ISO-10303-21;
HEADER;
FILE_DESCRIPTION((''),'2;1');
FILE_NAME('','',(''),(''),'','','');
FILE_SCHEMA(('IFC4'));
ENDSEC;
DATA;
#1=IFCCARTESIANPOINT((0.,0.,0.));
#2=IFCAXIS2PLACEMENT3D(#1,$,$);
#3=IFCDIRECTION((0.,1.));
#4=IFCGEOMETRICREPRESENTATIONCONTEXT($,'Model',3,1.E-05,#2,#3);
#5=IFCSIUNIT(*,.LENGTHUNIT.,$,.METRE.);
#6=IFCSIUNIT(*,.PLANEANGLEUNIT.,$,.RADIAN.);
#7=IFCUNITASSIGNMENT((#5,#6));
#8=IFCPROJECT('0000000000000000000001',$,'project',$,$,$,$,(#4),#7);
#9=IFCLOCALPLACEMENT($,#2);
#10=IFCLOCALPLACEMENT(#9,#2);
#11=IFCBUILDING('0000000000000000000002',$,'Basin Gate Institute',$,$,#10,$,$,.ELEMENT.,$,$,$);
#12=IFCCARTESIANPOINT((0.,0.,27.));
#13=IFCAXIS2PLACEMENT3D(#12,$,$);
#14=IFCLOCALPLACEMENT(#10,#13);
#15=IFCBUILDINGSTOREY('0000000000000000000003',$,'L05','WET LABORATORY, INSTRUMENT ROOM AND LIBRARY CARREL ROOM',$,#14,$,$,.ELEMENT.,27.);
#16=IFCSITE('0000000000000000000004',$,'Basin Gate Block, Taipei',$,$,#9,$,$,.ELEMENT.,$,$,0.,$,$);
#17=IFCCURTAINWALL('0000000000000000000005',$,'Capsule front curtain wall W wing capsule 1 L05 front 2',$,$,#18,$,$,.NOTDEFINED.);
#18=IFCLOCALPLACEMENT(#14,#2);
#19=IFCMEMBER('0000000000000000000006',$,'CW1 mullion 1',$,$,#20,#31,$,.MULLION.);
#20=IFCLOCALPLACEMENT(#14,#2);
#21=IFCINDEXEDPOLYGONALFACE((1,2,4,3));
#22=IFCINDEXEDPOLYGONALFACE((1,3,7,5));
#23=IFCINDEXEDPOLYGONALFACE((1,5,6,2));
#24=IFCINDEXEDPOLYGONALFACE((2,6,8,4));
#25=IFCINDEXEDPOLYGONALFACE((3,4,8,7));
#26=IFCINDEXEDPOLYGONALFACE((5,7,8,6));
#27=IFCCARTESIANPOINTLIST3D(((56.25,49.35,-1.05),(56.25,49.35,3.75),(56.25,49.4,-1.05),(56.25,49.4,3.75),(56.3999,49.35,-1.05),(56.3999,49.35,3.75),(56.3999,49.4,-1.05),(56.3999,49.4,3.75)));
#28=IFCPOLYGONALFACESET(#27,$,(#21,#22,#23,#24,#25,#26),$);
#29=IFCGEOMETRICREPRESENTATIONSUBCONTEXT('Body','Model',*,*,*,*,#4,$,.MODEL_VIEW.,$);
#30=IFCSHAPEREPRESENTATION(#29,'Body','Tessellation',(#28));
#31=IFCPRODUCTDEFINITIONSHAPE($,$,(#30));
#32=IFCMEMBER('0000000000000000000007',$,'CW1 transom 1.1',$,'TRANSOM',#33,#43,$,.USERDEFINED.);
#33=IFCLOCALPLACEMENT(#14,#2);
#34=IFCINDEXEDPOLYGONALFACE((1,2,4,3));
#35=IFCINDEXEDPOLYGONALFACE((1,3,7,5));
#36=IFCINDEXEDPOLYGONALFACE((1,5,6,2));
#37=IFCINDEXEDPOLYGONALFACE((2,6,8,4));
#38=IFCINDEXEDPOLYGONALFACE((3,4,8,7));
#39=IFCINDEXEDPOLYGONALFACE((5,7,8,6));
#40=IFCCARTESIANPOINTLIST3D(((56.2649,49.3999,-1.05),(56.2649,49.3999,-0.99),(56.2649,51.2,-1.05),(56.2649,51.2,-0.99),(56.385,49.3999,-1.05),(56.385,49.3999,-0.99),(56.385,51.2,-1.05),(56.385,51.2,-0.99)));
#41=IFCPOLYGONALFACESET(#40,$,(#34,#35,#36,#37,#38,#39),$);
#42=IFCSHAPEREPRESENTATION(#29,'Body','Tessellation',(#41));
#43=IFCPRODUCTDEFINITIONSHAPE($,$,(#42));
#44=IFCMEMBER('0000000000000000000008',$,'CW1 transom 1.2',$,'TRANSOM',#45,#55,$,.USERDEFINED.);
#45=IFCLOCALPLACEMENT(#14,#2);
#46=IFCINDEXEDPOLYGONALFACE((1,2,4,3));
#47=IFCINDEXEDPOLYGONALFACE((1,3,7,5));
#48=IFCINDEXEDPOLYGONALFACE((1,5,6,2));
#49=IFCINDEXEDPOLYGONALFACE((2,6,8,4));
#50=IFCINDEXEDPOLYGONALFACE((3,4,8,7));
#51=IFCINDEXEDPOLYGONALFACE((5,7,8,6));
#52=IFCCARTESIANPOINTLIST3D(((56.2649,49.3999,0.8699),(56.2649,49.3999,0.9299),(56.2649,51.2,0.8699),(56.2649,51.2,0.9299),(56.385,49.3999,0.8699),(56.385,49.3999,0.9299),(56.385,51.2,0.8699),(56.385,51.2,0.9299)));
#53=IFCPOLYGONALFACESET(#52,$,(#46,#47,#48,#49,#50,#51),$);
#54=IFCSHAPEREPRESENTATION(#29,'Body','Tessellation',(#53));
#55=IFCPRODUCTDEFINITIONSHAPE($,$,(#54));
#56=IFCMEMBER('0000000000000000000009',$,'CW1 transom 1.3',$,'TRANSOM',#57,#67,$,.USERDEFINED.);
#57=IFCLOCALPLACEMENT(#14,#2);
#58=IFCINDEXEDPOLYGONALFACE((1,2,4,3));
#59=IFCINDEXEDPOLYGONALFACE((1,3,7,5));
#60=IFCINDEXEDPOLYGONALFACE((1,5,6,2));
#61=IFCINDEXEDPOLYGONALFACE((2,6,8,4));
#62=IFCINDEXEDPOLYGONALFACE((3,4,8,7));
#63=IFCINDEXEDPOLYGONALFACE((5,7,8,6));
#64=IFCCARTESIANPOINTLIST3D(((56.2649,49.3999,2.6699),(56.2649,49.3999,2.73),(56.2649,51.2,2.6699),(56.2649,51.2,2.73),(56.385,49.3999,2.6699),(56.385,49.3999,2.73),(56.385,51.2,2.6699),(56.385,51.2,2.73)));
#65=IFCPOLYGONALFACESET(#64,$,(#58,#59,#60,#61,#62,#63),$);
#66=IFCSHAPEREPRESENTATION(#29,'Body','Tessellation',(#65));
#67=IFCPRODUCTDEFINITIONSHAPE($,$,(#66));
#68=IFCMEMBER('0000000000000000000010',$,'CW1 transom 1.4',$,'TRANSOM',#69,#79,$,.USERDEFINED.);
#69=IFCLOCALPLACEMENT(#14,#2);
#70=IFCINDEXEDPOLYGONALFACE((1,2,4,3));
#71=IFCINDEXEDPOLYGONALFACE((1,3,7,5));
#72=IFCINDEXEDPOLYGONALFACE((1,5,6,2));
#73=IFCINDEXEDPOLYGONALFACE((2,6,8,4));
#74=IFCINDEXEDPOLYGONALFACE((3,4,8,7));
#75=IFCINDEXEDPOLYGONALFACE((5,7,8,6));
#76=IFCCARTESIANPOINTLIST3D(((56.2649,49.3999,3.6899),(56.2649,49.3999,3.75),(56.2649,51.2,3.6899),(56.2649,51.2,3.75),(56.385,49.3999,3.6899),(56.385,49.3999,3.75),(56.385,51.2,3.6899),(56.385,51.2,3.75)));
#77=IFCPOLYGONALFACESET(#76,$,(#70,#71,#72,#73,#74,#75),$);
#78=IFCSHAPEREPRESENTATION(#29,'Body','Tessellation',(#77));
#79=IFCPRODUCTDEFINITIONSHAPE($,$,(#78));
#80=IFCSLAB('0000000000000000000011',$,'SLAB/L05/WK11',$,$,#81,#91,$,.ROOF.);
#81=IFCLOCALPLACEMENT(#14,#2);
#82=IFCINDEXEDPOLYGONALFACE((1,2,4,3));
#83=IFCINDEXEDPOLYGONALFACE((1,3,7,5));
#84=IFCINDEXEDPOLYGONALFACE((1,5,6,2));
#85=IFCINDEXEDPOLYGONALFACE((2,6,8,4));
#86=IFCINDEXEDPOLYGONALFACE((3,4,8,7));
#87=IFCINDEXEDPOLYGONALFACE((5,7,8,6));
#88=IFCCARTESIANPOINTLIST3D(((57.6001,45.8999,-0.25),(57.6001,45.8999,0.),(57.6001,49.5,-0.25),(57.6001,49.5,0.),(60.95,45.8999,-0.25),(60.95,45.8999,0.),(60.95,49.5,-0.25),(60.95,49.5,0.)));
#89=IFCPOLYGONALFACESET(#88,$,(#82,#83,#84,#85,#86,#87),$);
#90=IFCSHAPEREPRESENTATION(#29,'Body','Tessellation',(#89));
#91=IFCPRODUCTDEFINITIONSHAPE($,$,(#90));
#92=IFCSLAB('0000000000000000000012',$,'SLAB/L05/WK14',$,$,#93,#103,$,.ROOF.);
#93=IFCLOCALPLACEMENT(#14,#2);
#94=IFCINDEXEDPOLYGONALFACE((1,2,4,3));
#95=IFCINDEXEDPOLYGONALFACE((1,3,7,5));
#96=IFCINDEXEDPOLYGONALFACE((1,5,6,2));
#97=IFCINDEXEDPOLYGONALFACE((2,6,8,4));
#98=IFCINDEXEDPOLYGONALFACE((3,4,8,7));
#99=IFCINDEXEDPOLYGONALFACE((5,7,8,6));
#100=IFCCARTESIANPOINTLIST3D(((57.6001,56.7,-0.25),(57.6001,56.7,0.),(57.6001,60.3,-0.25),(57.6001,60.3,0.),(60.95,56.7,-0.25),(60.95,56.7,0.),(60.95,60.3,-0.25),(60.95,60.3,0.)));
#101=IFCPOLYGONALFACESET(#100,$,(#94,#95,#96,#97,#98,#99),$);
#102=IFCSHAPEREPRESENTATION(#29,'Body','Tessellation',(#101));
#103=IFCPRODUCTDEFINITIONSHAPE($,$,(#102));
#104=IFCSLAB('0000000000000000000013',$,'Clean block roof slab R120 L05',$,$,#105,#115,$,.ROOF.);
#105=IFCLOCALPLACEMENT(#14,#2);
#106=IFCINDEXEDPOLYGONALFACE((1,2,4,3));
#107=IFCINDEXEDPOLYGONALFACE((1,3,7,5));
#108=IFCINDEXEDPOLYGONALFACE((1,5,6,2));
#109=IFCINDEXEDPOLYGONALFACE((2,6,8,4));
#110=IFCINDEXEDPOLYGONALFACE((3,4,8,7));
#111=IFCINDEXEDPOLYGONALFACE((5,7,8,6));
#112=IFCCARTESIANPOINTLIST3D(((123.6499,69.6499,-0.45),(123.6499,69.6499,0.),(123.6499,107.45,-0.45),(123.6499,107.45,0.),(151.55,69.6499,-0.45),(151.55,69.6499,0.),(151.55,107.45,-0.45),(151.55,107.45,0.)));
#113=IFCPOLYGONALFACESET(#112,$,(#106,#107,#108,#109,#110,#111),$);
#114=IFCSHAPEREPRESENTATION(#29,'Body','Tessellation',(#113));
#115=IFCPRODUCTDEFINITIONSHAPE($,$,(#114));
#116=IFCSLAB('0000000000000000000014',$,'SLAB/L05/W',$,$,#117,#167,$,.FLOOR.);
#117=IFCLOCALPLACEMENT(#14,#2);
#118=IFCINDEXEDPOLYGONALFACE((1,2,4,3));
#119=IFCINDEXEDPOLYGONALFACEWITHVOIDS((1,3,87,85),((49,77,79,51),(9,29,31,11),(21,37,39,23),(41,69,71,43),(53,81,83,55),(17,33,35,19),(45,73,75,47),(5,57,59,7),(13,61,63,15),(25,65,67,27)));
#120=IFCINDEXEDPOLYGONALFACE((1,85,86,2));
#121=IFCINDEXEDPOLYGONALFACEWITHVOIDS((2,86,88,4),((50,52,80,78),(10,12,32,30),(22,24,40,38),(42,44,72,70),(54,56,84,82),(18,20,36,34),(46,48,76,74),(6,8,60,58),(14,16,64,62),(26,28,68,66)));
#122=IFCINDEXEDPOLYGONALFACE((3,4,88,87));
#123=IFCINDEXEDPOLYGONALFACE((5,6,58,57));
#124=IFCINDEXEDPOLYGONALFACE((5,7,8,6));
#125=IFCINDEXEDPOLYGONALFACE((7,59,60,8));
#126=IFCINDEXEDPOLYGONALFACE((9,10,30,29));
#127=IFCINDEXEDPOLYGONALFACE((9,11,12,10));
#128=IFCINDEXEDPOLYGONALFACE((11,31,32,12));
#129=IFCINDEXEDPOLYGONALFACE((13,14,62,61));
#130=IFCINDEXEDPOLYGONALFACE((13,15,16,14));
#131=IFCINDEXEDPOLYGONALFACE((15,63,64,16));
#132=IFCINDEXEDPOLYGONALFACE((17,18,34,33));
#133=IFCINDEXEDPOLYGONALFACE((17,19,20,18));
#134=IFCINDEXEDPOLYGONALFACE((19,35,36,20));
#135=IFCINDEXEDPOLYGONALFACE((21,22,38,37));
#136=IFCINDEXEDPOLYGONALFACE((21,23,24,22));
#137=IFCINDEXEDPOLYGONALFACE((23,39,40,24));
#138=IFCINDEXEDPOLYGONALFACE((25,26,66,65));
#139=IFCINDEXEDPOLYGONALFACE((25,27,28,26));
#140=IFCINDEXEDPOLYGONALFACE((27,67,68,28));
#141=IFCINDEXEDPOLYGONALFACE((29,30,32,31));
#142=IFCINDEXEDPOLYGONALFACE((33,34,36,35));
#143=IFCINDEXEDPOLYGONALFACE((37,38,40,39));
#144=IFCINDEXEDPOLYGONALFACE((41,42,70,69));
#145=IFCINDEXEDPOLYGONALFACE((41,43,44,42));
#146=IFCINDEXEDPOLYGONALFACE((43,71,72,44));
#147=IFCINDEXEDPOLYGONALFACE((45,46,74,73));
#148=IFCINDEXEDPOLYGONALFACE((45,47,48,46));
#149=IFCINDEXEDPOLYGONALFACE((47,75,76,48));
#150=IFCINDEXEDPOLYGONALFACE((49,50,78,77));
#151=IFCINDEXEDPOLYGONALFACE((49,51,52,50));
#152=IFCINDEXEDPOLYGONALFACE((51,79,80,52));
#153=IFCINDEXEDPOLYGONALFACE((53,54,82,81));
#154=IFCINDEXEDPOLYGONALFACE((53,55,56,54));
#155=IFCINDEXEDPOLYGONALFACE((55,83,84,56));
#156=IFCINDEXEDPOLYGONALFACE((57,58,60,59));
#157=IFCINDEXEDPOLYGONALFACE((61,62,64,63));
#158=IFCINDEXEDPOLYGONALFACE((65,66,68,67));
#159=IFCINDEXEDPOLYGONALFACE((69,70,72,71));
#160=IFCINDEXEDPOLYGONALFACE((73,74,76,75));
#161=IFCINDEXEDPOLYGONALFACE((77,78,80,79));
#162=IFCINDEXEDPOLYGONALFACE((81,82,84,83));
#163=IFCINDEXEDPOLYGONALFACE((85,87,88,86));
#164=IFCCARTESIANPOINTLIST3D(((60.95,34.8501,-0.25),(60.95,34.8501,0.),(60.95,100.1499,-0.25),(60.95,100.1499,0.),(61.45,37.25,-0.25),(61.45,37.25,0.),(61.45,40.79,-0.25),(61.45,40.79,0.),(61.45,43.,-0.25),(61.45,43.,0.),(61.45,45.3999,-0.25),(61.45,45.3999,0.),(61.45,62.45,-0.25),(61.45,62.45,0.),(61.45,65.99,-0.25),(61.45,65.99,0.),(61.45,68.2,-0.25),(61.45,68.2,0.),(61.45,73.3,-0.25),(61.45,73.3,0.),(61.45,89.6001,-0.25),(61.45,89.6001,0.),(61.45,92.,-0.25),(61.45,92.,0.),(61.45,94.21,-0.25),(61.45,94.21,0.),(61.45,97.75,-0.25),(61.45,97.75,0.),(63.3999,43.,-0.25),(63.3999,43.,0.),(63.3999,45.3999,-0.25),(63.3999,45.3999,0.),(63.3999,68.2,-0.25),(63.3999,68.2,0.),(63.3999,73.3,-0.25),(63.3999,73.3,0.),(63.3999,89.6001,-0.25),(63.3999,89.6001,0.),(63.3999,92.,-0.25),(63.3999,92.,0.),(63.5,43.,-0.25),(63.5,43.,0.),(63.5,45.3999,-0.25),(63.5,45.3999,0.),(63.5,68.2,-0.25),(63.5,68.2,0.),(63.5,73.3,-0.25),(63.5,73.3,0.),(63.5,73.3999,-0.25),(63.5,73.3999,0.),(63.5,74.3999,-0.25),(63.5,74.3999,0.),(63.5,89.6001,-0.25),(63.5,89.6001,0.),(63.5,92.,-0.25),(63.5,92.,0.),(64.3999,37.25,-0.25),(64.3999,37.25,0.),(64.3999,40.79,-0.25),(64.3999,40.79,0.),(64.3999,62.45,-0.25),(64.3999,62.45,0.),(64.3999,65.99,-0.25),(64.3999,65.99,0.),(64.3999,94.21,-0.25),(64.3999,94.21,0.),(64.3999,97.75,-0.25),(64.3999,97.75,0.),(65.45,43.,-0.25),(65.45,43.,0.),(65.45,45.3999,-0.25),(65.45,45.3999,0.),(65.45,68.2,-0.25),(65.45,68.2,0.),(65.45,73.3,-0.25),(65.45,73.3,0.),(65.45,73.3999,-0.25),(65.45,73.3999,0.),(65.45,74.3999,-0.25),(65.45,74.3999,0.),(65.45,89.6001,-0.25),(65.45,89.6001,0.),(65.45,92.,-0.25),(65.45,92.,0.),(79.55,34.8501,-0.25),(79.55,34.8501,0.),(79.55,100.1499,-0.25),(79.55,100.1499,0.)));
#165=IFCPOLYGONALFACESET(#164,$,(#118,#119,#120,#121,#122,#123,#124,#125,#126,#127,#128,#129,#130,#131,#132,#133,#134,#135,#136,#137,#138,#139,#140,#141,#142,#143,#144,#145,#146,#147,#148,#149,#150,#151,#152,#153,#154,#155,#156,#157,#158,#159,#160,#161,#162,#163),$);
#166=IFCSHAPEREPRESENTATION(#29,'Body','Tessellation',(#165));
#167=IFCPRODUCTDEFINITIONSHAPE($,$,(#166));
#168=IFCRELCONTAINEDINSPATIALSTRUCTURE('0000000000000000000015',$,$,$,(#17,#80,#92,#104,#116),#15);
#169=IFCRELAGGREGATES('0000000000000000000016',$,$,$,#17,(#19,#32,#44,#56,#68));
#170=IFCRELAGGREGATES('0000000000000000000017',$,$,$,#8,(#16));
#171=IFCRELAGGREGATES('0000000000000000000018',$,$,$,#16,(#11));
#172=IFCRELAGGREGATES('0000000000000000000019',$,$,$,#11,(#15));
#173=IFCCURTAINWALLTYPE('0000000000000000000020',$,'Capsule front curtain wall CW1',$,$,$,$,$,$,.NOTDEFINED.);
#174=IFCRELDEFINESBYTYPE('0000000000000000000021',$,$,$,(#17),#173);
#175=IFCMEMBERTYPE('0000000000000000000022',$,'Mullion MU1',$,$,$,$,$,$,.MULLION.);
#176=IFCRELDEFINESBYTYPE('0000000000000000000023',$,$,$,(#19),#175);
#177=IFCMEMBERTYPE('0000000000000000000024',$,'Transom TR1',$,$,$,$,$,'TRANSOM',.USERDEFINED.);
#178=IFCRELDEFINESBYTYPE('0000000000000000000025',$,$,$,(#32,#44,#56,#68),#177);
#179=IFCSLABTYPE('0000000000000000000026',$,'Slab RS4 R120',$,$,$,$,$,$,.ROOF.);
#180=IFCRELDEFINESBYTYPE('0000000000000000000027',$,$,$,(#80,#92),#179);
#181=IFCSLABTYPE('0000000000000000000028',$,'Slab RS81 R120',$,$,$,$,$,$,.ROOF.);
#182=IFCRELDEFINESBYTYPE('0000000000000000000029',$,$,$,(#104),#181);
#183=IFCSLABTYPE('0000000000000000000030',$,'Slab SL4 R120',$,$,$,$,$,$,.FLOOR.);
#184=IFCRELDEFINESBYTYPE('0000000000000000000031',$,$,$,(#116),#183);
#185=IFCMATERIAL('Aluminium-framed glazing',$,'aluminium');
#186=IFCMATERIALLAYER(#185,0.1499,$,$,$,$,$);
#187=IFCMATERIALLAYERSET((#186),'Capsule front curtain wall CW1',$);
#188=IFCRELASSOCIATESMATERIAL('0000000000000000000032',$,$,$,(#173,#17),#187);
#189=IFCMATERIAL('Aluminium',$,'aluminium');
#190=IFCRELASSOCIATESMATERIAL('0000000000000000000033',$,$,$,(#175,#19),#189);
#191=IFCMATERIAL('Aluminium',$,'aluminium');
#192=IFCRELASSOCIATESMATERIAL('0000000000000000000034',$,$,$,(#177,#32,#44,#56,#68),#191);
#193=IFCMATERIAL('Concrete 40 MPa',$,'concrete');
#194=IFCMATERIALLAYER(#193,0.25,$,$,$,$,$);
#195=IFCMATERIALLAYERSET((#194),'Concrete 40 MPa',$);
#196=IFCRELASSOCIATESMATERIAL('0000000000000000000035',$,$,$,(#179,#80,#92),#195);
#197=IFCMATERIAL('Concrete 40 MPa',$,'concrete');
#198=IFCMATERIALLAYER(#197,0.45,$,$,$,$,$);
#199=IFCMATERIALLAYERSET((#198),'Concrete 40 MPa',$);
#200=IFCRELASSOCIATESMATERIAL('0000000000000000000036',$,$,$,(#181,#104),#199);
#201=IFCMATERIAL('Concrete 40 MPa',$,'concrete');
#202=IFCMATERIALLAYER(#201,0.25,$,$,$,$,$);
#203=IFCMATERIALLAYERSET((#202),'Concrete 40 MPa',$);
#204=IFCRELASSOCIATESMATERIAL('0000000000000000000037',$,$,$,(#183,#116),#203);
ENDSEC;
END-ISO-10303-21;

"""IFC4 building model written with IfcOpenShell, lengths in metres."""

from ifc_helpers import new_model, si_unit, direction, frame, origin, origin_2d, place, context, subcontext, project, spatial, polyline, rectangle, outline, extrude, material, layer, layer_set, material_profile, profile_set, type_object, element, aggregate, save


model = new_model("IFC4")

# Units and contexts
model_context = context("Model", 3, precision=1e-05, world=origin(), true_north=direction((0.0, 1.0)))
body_context = subcontext(model_context, "Body", "Model", "MODEL_VIEW")
ifc_project = project(units=[si_unit("LENGTHUNIT", "METRE"), si_unit("PLANEANGLEUNIT", "RADIAN")], contexts=[model_context])

# Site, building, storey
site_placement = place(None, origin())
site = spatial("IfcSite", under=ifc_project, at=site_placement, Name="Basin Gate Block, Taipei", CompositionType="ELEMENT", RefElevation=0.0)
building_placement = place(site_placement, origin())
building = spatial("IfcBuilding", under=site, at=building_placement, Name="Basin Gate Institute", CompositionType="ELEMENT")
storey_placement = place(building_placement, frame((0.0, 0.0, 27.0)))
storey = spatial("IfcBuildingStorey", under=building, at=storey_placement, Name="L05", Description="WET LABORATORY, INSTRUMENT ROOM AND LIBRARY CARREL ROOM", CompositionType="ELEMENT", Elevation=27.0)

# Curtain wall, members
ifc_material_1 = material(Name="Aluminium-framed glazing", Category="aluminium")
ifc_layer_1 = layer(ifc_material_1, 0.1499)
ifc_layer_set_1 = layer_set([ifc_layer_1], Name="Capsule front curtain wall CW1")
curtain_wall_type = type_object("IfcCurtainWallType", Name="Capsule front curtain wall CW1", PredefinedType="NOTDEFINED", material=ifc_layer_set_1)
curtain_wall_placement = place(storey_placement, origin())
curtain_wall = element("IfcCurtainWall", 1, at=curtain_wall_placement, inside=storey, type_object=curtain_wall_type, material=ifc_layer_set_1, Name="Capsule front curtain wall W wing capsule 1 L05 front 2", PredefinedType="NOTDEFINED")
ifc_material_2 = material(Name="Aluminium", Category="aluminium")
ifc_material_profile_1 = material_profile(ifc_material_2, rectangle(XDim=0.1499, YDim=0.05, at=origin_2d()), Name="Mullion MU1 150 x 50")
ifc_profile_set_1 = profile_set([ifc_material_profile_1], Name="Aluminium")
member_type_1 = type_object("IfcMemberType", Name="Mullion MU1", PredefinedType="MULLION", material=ifc_profile_set_1)
member_1_placement = place(storey_placement, frame((56.325, 49.375, -1.05), z_axis=(0.0, 0.0, 1.0), x_axis=(-1.0, 0.0, 0.0)))
member_1 = element("IfcMember", 2, at=member_1_placement, type_object=member_type_1, material=ifc_profile_set_1, Name="CW1 mullion 1", PredefinedType="MULLION", context=body_context, shape_type="SweptSolid", body=[
    extrude(rectangle(XDim=0.1499, YDim=0.05, at=origin_2d()), origin(), (0.0, 0.0, 1.0), 4.8),
])
ifc_material_3 = material(Name="Aluminium", Category="aluminium")
ifc_material_profile_2 = material_profile(ifc_material_3, rectangle(XDim=0.1201, YDim=0.0601, at=origin_2d()), Name="Transom TR1 120 x 60")
ifc_profile_set_2 = profile_set([ifc_material_profile_2], Name="Aluminium")
member_type_2 = type_object("IfcMemberType", Name="Transom TR1", ElementType="TRANSOM", PredefinedType="USERDEFINED", material=ifc_profile_set_2)
member_2_placement = place(storey_placement, frame((56.325, 49.3999, -1.02), z_axis=(0.0, 1.0, 0.0), x_axis=(-1.0, 0.0, 0.0)))
member_2 = element("IfcMember", 3, at=member_2_placement, type_object=member_type_2, material=ifc_profile_set_2, Name="CW1 transom 1.1", ObjectType="TRANSOM", PredefinedType="USERDEFINED", context=body_context, shape_type="SweptSolid", body=[
    extrude(rectangle(XDim=0.1201, YDim=0.0601, at=origin_2d()), origin(), (0.0, 0.0, 1.0), 1.8),
])
member_3_placement = place(storey_placement, frame((56.325, 49.3999, 0.8999), z_axis=(0.0, 1.0, 0.0), x_axis=(-1.0, 0.0, 0.0)))
member_3 = element("IfcMember", 4, at=member_3_placement, type_object=member_type_2, material=ifc_profile_set_2, Name="CW1 transom 1.2", ObjectType="TRANSOM", PredefinedType="USERDEFINED", context=body_context, shape_type="SweptSolid", body=[
    extrude(rectangle(XDim=0.1201, YDim=0.0601, at=origin_2d()), origin(), (0.0, 0.0, 1.0), 1.8),
])
member_4_placement = place(storey_placement, frame((56.325, 49.3999, 2.7), z_axis=(0.0, 1.0, 0.0), x_axis=(-1.0, 0.0, 0.0)))
member_4 = element("IfcMember", 5, at=member_4_placement, type_object=member_type_2, material=ifc_profile_set_2, Name="CW1 transom 1.3", ObjectType="TRANSOM", PredefinedType="USERDEFINED", context=body_context, shape_type="SweptSolid", body=[
    extrude(rectangle(XDim=0.1201, YDim=0.0601, at=origin_2d()), origin(), (0.0, 0.0, 1.0), 1.8),
])
member_5_placement = place(storey_placement, frame((56.325, 49.3999, 3.72), z_axis=(0.0, 1.0, 0.0), x_axis=(-1.0, 0.0, 0.0)))
member_5 = element("IfcMember", 6, at=member_5_placement, type_object=member_type_2, material=ifc_profile_set_2, Name="CW1 transom 1.4", ObjectType="TRANSOM", PredefinedType="USERDEFINED", context=body_context, shape_type="SweptSolid", body=[
    extrude(rectangle(XDim=0.1201, YDim=0.0601, at=origin_2d()), origin(), (0.0, 0.0, 1.0), 1.8),
])

# Slabs
ifc_material_4 = material(Name="Concrete 40 MPa", Category="concrete")
ifc_layer_2 = layer(ifc_material_4, 0.25)
ifc_layer_set_2 = layer_set([ifc_layer_2], Name="Concrete 40 MPa")
slab_type_1 = type_object("IfcSlabType", Name="Slab RS4 R120", PredefinedType="ROOF", material=ifc_layer_set_2)
slab_1_placement = place(storey_placement, frame((0.0, 0.0, -0.25)))
element("IfcSlab", 7, at=slab_1_placement, inside=storey, type_object=slab_type_1, material=ifc_layer_set_2, Name="SLAB/L05/WK11", PredefinedType="ROOF", context=body_context, shape_type="SweptSolid", body=[
    extrude(outline(polyline([(57.6001, 45.8999), (60.95, 45.8999), (60.95, 49.5), (57.6001, 49.5), (57.6001, 45.8999)])), origin(), (0.0, 0.0, 1.0), 0.25),
])
slab_2_placement = place(storey_placement, frame((0.0, 0.0, -0.25)))
element("IfcSlab", 8, at=slab_2_placement, inside=storey, type_object=slab_type_1, material=ifc_layer_set_2, Name="SLAB/L05/WK14", PredefinedType="ROOF", context=body_context, shape_type="SweptSolid", body=[
    extrude(outline(polyline([(57.6001, 56.7), (60.95, 56.7), (60.95, 60.3), (57.6001, 60.3), (57.6001, 56.7)])), origin(), (0.0, 0.0, 1.0), 0.25),
])
ifc_material_5 = material(Name="Concrete 40 MPa", Category="concrete")
ifc_layer_3 = layer(ifc_material_5, 0.45)
ifc_layer_set_3 = layer_set([ifc_layer_3], Name="Concrete 40 MPa")
slab_type_2 = type_object("IfcSlabType", Name="Slab RS81 R120", PredefinedType="ROOF", material=ifc_layer_set_3)
slab_3_placement = place(storey_placement, frame((0.0, 0.0, -0.45)))
element("IfcSlab", 9, at=slab_3_placement, inside=storey, type_object=slab_type_2, material=ifc_layer_set_3, Name="Clean block roof slab R120 L05", PredefinedType="ROOF", context=body_context, shape_type="SweptSolid", body=[
    extrude(outline(polyline([(123.6499, 69.6499), (151.55, 69.6499), (151.55, 107.45), (123.6499, 107.45), (123.6499, 69.6499)])), origin(), (0.0, 0.0, 1.0), 0.45),
])
ifc_material_6 = material(Name="Concrete 40 MPa", Category="concrete")
ifc_layer_4 = layer(ifc_material_6, 0.25)
ifc_layer_set_4 = layer_set([ifc_layer_4], Name="Concrete 40 MPa")
slab_type_3 = type_object("IfcSlabType", Name="Slab SL4 R120", PredefinedType="FLOOR", material=ifc_layer_set_4)
slab_4_placement = place(storey_placement, frame((0.0, 0.0, -0.25)))
element("IfcSlab", 10, at=slab_4_placement, inside=storey, type_object=slab_type_3, material=ifc_layer_set_4, Name="SLAB/L05/W", PredefinedType="FLOOR", context=body_context, shape_type="SweptSolid", body=[
    extrude(outline(polyline([(60.95, 34.8501), (79.55, 34.8501), (79.55, 100.1499), (60.95, 100.1499), (60.95, 34.8501)]), holes=[polyline([(61.45, 37.25), (64.3999, 37.25), (64.3999, 40.79), (61.45, 40.79), (61.45, 37.25)]), polyline([(61.45, 62.45), (64.3999, 62.45), (64.3999, 65.99), (61.45, 65.99), (61.45, 62.45)]), polyline([(61.45, 94.21), (64.3999, 94.21), (64.3999, 97.75), (61.45, 97.75), (61.45, 94.21)]), polyline([(61.45, 43.0), (63.3999, 43.0), (63.3999, 45.3999), (61.45, 45.3999), (61.45, 43.0)]), polyline([(61.45, 68.2), (63.3999, 68.2), (63.3999, 73.3), (61.45, 73.3), (61.45, 68.2)]), polyline([(63.5, 73.3999), (65.45, 73.3999), (65.45, 74.3999), (63.5, 74.3999), (63.5, 73.3999)]), polyline([(61.45, 89.6001), (63.3999, 89.6001), (63.3999, 92.0), (61.45, 92.0), (61.45, 89.6001)]), polyline([(63.5, 43.0), (65.45, 43.0), (65.45, 45.3999), (63.5, 45.3999), (63.5, 43.0)]), polyline([(65.45, 68.2), (63.5, 68.2), (63.5, 73.3), (65.45, 73.3), (65.45, 68.2)]), polyline([(63.5, 89.6001), (65.45, 89.6001), (65.45, 92.0), (63.5, 92.0), (63.5, 89.6001)])]), origin(), (0.0, 0.0, 1.0), 0.25),
])

aggregate(curtain_wall, [member_1, member_2, member_3, member_4, member_5])

save(model, "model.ifc")
